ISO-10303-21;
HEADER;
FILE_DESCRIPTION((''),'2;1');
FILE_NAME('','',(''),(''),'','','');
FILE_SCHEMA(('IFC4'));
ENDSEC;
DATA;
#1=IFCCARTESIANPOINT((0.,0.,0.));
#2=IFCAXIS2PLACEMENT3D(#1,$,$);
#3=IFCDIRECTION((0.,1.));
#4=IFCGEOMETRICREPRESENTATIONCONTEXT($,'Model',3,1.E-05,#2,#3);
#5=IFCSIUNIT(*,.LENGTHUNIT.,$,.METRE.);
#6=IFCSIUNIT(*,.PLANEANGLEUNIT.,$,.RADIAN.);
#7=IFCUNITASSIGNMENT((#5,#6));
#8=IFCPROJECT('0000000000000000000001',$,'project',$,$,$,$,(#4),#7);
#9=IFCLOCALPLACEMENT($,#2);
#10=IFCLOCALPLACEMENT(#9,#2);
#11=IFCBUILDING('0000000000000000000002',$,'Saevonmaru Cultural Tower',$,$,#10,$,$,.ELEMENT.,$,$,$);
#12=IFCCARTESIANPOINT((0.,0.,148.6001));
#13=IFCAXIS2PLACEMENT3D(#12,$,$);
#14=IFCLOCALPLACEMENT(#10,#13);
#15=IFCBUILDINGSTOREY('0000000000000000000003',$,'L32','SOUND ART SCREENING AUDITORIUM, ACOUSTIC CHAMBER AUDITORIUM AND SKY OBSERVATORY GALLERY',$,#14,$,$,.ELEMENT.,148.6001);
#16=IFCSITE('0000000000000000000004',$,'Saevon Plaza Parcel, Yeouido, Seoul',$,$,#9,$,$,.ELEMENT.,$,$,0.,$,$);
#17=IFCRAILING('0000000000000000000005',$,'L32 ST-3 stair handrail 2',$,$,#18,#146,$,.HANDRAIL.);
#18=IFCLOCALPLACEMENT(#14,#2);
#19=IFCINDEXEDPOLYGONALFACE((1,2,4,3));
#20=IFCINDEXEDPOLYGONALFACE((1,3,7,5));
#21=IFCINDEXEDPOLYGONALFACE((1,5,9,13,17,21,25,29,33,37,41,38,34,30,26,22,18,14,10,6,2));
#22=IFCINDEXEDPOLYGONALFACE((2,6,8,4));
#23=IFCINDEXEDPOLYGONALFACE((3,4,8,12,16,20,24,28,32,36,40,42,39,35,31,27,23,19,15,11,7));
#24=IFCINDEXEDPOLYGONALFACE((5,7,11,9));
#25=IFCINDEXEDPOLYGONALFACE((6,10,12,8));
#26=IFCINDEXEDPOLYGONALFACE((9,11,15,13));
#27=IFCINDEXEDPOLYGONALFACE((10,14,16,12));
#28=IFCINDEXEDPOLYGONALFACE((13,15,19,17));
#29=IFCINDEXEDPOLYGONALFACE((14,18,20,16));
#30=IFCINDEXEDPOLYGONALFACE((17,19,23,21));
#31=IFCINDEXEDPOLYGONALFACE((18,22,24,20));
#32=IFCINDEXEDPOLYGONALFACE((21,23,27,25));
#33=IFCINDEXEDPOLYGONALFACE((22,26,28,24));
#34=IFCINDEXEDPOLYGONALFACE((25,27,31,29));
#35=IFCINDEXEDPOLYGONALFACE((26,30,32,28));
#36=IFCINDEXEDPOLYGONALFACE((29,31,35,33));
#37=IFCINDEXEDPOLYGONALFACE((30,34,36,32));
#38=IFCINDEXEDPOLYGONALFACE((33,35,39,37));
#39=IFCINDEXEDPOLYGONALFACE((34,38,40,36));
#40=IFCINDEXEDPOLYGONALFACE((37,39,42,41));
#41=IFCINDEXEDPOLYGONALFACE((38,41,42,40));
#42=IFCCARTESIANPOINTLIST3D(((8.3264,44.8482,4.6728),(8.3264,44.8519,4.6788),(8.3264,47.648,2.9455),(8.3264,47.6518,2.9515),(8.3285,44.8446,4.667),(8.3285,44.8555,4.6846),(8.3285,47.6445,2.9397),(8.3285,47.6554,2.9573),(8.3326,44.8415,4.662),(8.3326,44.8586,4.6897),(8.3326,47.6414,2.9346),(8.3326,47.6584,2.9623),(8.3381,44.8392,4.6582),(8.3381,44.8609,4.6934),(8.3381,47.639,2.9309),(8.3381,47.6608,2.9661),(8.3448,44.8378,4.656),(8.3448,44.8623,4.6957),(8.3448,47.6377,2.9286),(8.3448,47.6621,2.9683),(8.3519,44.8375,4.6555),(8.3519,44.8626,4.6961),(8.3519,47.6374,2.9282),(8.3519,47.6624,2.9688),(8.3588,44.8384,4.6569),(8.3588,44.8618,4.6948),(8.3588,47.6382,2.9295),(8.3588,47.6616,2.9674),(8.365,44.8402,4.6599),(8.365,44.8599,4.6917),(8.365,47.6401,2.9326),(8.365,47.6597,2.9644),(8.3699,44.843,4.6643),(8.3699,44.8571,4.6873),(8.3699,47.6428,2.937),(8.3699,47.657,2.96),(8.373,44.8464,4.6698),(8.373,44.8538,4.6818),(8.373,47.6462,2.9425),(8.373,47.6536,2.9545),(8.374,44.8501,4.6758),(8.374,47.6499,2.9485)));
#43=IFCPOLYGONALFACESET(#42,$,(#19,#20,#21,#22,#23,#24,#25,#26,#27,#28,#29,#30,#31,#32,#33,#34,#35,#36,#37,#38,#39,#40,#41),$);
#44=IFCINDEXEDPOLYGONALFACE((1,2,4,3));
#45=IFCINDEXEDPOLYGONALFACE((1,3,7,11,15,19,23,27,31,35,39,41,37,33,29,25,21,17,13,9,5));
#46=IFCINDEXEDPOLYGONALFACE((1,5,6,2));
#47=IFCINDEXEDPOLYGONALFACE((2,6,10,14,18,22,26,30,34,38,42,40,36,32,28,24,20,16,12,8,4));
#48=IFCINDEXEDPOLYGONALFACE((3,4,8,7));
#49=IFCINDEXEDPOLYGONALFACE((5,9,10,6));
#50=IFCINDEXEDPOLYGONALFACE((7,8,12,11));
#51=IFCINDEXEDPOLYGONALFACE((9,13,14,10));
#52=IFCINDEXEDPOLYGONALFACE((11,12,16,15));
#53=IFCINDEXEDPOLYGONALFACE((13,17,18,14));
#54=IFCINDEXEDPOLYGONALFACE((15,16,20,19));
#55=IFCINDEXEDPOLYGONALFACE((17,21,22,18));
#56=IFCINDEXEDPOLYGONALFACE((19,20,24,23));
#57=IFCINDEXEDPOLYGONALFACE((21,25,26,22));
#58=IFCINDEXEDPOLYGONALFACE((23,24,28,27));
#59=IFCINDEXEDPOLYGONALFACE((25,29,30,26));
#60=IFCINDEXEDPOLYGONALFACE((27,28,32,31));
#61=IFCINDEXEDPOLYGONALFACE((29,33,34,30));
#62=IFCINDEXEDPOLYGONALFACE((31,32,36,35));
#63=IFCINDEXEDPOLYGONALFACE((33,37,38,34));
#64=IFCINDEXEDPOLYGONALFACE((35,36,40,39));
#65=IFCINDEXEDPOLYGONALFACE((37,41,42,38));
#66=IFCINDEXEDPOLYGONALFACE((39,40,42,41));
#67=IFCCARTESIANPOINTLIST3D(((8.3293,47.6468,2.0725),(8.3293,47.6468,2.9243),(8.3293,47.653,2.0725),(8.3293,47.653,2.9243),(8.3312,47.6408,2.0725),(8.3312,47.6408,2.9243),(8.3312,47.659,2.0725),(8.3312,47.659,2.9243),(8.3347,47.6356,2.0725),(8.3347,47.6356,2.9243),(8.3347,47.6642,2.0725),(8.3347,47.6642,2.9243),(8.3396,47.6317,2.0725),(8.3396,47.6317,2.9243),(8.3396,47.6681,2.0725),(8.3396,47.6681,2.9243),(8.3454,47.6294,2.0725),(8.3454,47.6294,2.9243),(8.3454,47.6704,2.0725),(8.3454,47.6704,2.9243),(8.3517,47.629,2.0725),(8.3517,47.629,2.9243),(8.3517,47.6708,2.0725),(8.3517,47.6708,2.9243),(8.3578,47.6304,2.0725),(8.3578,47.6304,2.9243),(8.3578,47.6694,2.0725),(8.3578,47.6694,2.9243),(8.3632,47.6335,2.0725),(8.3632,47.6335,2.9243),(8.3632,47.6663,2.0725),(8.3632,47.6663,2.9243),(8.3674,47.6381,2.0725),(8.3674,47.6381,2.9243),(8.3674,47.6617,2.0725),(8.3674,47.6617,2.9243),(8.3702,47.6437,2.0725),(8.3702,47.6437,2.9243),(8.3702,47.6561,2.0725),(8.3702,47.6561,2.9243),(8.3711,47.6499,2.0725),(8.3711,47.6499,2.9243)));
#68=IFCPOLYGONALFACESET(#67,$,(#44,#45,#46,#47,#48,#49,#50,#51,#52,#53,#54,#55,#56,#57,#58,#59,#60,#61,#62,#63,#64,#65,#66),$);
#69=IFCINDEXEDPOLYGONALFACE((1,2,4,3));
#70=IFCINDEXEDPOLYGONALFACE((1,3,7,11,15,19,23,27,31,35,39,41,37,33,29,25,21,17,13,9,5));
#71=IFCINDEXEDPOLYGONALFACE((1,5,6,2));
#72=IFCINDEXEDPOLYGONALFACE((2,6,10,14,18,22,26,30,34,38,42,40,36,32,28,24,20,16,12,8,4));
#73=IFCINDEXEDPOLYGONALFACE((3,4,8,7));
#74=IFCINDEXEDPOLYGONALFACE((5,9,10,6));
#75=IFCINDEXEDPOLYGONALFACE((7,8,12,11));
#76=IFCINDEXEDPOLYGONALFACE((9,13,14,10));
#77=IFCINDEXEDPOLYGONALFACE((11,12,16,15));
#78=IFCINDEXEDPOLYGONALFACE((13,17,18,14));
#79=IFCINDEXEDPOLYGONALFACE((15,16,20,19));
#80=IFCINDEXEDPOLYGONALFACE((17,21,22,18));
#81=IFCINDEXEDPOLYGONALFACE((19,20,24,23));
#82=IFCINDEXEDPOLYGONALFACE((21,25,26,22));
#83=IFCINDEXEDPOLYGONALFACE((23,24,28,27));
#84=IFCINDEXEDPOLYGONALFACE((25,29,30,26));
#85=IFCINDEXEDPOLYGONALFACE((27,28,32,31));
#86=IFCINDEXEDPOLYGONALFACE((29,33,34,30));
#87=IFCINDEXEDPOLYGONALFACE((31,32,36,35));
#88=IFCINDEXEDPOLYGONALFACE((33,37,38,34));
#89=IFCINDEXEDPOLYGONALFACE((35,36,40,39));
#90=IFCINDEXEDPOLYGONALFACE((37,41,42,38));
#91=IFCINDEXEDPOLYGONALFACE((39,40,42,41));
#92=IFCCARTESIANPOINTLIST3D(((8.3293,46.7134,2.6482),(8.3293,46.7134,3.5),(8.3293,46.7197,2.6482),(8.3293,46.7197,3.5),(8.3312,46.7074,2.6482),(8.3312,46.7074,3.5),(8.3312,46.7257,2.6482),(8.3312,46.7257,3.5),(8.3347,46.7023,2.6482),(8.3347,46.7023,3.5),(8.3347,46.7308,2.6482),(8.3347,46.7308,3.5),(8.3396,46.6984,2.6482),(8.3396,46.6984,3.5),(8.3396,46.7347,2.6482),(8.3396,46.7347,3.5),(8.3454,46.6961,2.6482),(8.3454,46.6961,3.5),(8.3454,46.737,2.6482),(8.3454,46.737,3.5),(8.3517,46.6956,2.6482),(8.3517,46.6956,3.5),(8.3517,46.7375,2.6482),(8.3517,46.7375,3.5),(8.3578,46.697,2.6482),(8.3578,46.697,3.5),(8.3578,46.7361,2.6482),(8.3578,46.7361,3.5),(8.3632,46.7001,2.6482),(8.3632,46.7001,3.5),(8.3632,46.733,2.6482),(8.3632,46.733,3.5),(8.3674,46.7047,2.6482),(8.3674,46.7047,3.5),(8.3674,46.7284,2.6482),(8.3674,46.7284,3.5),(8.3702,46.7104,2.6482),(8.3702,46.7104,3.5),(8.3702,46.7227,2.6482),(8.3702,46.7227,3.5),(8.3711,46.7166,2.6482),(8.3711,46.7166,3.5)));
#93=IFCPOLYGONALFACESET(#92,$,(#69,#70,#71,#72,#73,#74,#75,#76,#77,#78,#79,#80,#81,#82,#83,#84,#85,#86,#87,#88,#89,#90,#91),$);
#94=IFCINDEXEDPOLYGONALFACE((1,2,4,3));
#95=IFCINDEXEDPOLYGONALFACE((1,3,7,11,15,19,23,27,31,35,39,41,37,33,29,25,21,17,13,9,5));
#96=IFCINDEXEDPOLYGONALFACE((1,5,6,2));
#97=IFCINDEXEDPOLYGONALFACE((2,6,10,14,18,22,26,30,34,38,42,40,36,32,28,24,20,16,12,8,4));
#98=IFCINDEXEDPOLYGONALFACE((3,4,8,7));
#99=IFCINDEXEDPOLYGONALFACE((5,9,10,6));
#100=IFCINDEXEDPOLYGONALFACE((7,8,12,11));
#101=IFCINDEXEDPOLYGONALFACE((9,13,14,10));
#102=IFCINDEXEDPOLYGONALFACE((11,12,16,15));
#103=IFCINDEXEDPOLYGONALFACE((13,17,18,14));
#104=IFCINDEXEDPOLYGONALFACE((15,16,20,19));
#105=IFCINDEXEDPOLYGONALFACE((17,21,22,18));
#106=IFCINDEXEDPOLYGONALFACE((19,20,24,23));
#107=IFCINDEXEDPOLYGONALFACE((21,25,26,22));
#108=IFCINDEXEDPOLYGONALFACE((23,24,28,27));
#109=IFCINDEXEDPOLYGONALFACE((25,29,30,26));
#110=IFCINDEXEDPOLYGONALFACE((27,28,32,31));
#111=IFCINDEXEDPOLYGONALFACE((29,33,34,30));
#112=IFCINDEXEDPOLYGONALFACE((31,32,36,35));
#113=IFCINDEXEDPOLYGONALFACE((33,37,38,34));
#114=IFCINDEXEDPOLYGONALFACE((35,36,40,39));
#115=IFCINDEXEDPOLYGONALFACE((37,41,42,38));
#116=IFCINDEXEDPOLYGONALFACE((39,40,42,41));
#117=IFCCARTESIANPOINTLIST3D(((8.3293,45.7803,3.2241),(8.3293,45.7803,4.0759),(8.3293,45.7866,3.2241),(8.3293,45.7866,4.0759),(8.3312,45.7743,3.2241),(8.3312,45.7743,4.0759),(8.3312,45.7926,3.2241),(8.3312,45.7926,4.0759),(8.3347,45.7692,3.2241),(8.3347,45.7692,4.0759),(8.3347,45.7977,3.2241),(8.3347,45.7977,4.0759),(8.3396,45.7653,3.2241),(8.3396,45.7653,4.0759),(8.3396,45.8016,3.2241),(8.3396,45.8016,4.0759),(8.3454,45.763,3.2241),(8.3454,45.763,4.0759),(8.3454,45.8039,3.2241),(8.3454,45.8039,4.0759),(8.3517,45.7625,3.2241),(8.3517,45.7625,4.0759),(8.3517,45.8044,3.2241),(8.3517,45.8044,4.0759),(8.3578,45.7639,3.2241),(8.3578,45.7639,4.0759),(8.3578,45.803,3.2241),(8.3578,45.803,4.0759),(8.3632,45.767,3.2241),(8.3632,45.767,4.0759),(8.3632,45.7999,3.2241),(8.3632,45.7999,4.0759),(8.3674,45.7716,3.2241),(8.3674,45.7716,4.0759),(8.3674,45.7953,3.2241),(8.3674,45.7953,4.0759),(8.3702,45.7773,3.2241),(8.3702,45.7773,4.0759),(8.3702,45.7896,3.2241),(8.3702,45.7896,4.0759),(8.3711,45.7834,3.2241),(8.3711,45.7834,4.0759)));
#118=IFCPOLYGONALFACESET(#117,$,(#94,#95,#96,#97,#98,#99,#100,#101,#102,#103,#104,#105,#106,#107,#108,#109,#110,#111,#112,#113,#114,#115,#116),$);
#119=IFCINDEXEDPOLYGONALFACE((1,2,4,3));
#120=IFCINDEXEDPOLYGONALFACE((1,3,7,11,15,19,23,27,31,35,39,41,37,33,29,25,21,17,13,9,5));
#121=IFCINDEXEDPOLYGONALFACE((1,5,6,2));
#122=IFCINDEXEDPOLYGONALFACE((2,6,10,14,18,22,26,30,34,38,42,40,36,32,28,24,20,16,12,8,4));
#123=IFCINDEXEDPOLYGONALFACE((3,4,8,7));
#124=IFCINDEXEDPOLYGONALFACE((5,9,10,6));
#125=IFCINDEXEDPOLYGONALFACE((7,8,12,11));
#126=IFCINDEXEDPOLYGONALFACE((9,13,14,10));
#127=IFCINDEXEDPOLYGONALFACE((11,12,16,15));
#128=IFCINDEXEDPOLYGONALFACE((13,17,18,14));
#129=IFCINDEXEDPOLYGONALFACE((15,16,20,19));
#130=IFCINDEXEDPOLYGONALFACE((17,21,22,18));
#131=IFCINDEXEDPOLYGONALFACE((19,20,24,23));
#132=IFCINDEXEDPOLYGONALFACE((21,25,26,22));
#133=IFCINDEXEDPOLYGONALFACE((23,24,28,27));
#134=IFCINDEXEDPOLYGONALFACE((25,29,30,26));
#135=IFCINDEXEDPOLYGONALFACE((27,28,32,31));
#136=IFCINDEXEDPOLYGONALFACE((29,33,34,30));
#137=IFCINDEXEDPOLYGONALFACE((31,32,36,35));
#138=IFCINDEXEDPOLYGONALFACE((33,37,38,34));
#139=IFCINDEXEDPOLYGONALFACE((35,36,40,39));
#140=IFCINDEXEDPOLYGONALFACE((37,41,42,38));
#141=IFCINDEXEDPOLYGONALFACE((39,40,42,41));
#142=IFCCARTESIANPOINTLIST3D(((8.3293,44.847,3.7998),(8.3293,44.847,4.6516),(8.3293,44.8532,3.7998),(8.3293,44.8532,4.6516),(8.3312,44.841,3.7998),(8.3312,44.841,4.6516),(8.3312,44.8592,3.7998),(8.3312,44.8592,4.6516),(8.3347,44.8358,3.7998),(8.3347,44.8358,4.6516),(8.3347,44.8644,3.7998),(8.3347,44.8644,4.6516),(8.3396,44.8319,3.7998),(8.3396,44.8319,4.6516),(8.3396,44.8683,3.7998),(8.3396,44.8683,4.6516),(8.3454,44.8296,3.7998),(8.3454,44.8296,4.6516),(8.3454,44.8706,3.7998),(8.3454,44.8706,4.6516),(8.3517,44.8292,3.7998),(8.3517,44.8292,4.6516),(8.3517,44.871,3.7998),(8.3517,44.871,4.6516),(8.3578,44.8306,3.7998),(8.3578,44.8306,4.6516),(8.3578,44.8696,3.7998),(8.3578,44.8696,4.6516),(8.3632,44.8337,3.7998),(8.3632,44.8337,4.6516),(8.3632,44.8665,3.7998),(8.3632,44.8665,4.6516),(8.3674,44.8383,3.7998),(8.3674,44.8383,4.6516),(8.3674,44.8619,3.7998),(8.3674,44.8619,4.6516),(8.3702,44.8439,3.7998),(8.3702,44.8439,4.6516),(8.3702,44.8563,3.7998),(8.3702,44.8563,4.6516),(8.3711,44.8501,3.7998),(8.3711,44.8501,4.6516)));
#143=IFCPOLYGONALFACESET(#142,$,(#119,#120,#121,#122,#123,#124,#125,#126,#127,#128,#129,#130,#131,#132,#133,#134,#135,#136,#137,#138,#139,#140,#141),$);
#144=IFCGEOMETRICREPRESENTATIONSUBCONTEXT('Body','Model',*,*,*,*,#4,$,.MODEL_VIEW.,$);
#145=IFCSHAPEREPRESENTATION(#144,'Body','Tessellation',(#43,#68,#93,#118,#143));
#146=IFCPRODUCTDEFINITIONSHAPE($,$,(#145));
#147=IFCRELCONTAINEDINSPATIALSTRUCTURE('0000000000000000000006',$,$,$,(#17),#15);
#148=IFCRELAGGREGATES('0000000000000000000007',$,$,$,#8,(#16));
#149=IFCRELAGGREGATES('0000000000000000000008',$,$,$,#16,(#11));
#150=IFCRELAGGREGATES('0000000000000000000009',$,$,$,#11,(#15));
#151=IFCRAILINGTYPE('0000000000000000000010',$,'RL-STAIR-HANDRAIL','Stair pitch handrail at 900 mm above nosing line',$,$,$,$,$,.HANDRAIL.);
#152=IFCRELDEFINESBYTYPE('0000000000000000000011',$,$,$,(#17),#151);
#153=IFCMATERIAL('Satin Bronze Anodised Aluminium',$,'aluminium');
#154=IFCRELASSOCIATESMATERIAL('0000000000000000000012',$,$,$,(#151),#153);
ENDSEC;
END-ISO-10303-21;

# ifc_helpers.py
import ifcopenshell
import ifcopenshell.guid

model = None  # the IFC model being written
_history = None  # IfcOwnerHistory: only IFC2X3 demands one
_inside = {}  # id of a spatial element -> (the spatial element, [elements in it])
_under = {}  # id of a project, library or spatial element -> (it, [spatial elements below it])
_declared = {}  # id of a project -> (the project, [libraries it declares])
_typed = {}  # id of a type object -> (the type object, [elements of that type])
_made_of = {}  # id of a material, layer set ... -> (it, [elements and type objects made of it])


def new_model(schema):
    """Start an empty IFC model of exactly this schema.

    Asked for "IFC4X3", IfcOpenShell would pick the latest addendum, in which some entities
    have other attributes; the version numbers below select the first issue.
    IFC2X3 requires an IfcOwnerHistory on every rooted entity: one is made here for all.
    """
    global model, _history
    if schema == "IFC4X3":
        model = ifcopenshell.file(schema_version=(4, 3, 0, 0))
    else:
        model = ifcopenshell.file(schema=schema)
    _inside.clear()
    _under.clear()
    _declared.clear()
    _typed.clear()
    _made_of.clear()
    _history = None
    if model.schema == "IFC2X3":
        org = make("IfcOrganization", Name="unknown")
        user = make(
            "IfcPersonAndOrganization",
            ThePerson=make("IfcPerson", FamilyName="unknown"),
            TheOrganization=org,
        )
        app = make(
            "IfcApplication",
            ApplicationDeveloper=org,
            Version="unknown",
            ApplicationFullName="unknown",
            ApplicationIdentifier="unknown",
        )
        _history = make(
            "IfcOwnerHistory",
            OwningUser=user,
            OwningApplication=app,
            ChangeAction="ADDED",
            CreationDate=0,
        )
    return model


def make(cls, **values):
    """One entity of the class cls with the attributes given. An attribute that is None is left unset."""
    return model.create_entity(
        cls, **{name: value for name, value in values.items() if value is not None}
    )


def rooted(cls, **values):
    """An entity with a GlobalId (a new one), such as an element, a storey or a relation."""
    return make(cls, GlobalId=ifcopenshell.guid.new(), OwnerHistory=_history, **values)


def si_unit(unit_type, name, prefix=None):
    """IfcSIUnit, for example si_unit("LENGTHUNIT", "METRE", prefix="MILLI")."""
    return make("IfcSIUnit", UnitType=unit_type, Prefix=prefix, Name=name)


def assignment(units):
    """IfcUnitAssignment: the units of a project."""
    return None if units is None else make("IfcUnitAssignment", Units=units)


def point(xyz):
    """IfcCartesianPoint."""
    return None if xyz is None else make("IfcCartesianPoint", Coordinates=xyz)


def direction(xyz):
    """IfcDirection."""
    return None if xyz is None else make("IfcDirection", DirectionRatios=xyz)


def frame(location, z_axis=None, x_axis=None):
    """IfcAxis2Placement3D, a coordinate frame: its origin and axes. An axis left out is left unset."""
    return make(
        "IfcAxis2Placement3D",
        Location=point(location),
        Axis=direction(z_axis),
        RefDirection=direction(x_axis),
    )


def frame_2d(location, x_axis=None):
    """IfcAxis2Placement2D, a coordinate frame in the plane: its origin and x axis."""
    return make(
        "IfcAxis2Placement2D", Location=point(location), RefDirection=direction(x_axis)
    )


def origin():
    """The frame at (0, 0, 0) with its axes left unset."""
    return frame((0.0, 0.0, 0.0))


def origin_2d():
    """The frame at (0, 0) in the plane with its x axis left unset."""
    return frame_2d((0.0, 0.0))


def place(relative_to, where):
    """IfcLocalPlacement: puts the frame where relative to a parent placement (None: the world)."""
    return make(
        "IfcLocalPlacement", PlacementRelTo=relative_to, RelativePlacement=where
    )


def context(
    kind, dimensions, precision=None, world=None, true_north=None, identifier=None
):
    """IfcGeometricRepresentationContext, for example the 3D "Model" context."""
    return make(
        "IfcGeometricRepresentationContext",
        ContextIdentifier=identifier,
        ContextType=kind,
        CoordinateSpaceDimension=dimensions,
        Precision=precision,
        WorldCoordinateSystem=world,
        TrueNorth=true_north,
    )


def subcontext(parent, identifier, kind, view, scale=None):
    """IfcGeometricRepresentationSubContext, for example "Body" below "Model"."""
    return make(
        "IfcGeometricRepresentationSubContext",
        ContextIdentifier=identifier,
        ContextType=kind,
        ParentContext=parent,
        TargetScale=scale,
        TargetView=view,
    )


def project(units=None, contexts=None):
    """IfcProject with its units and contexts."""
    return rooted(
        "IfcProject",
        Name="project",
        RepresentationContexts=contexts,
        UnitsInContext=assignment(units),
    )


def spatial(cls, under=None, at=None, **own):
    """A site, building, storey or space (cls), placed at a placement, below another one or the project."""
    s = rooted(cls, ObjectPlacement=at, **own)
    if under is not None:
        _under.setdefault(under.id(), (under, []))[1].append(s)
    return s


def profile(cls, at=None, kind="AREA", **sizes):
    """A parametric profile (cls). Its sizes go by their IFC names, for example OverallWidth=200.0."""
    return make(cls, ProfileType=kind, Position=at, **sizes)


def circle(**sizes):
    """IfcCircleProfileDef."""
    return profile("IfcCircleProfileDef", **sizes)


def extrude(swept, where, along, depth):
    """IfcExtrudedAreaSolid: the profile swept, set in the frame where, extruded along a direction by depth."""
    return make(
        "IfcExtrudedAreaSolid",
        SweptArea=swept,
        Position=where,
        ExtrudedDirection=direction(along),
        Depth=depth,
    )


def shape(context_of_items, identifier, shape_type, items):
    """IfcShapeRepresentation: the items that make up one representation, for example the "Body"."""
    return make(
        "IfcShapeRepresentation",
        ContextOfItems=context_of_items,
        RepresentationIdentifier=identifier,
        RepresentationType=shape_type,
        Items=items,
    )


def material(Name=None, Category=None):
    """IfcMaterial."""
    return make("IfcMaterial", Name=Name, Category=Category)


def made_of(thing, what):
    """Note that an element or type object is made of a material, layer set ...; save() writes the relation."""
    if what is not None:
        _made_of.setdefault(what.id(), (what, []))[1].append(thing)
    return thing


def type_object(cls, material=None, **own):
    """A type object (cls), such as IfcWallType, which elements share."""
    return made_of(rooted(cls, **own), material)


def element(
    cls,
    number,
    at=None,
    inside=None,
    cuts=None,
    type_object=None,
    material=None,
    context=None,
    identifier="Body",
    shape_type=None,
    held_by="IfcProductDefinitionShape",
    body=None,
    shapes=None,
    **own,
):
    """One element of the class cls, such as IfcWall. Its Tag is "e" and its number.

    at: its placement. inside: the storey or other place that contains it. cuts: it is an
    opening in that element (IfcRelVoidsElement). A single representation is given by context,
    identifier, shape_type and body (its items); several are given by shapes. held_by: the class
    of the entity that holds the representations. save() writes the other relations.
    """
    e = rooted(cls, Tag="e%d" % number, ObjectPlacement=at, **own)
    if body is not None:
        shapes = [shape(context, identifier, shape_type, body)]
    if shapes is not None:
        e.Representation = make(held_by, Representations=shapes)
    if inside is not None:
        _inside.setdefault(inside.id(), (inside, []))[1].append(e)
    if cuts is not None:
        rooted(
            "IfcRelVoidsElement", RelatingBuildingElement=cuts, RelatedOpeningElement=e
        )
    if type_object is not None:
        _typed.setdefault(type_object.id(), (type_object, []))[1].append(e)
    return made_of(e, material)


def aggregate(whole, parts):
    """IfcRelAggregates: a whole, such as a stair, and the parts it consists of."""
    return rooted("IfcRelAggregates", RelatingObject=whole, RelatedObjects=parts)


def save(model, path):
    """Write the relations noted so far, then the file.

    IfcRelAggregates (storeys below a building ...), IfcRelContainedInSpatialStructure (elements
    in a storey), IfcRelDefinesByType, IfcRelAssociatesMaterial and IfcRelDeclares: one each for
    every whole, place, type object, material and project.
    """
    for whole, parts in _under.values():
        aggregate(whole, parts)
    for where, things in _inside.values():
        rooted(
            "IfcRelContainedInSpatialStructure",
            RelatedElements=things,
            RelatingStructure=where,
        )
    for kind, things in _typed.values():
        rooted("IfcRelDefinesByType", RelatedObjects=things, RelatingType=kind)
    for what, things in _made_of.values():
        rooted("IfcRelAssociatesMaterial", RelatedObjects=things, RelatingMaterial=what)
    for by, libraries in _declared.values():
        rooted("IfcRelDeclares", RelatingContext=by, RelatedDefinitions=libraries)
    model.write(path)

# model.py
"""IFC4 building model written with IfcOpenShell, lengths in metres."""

from ifc_helpers import new_model, si_unit, direction, frame, origin, origin_2d, place, context, subcontext, project, spatial, circle, extrude, material, type_object, element, save


model = new_model("IFC4")

# Units and contexts
model_context = context("Model", 3, precision=1e-05, world=origin(), true_north=direction((0.0, 1.0)))
body_context = subcontext(model_context, "Body", "Model", "MODEL_VIEW")
ifc_project = project(units=[si_unit("LENGTHUNIT", "METRE"), si_unit("PLANEANGLEUNIT", "RADIAN")], contexts=[model_context])

# Site, building, storey
site_placement = place(None, origin())
site = spatial("IfcSite", under=ifc_project, at=site_placement, Name="Saevon Plaza Parcel, Yeouido, Seoul", CompositionType="ELEMENT", RefElevation=0.0)
building_placement = place(site_placement, origin())
building = spatial("IfcBuilding", under=site, at=building_placement, Name="Saevonmaru Cultural Tower", CompositionType="ELEMENT")
storey_placement = place(building_placement, frame((0.0, 0.0, 148.6001)))
storey = spatial("IfcBuildingStorey", under=building, at=storey_placement, Name="L32", Description="SOUND ART SCREENING AUDITORIUM, ACOUSTIC CHAMBER AUDITORIUM AND SKY OBSERVATORY GALLERY", CompositionType="ELEMENT", Elevation=148.6001)

# Shared definitions
ifc_material_1 = material(Name="Satin Bronze Anodised Aluminium", Category="aluminium")

# Railing
railing_type_1 = type_object("IfcRailingType", Name="RL-STAIR-HANDRAIL", Description="Stair pitch handrail at 900 mm above nosing line", PredefinedType="HANDRAIL", material=ifc_material_1)
railing_1_placement = place(storey_placement, frame((8.3501, 47.6499, 2.0725)))
element("IfcRailing", 1, at=railing_1_placement, inside=storey, type_object=railing_type_1, Name="L32 ST-3 stair handrail 2", PredefinedType="HANDRAIL", context=body_context, shape_type="SweptSolid", body=[
    extrude(circle(Radius=0.0239, at=origin_2d()), frame((0.0, 0.0, 0.876), z_axis=(0.0, -0.851069, 0.525054), x_axis=(1.0, 0.0, 0.0)), (0.0, 0.0, 1.0), 3.2898),
    extrude(circle(Radius=0.021, at=origin_2d()), origin(), (0.0, 0.0, 1.0), 0.8518),
    extrude(circle(Radius=0.021, at=origin_2d()), frame((0.0, -0.9333, 0.5757)), (0.0, 0.0, 1.0), 0.8518),
    extrude(circle(Radius=0.021, at=origin_2d()), frame((0.0, -1.8665, 1.1516)), (0.0, 0.0, 1.0), 0.8518),
    extrude(circle(Radius=0.021, at=origin_2d()), frame((0.0, -2.7998, 1.7273)), (0.0, 0.0, 1.0), 0.8518),
])

save(model, "model.ifc")
